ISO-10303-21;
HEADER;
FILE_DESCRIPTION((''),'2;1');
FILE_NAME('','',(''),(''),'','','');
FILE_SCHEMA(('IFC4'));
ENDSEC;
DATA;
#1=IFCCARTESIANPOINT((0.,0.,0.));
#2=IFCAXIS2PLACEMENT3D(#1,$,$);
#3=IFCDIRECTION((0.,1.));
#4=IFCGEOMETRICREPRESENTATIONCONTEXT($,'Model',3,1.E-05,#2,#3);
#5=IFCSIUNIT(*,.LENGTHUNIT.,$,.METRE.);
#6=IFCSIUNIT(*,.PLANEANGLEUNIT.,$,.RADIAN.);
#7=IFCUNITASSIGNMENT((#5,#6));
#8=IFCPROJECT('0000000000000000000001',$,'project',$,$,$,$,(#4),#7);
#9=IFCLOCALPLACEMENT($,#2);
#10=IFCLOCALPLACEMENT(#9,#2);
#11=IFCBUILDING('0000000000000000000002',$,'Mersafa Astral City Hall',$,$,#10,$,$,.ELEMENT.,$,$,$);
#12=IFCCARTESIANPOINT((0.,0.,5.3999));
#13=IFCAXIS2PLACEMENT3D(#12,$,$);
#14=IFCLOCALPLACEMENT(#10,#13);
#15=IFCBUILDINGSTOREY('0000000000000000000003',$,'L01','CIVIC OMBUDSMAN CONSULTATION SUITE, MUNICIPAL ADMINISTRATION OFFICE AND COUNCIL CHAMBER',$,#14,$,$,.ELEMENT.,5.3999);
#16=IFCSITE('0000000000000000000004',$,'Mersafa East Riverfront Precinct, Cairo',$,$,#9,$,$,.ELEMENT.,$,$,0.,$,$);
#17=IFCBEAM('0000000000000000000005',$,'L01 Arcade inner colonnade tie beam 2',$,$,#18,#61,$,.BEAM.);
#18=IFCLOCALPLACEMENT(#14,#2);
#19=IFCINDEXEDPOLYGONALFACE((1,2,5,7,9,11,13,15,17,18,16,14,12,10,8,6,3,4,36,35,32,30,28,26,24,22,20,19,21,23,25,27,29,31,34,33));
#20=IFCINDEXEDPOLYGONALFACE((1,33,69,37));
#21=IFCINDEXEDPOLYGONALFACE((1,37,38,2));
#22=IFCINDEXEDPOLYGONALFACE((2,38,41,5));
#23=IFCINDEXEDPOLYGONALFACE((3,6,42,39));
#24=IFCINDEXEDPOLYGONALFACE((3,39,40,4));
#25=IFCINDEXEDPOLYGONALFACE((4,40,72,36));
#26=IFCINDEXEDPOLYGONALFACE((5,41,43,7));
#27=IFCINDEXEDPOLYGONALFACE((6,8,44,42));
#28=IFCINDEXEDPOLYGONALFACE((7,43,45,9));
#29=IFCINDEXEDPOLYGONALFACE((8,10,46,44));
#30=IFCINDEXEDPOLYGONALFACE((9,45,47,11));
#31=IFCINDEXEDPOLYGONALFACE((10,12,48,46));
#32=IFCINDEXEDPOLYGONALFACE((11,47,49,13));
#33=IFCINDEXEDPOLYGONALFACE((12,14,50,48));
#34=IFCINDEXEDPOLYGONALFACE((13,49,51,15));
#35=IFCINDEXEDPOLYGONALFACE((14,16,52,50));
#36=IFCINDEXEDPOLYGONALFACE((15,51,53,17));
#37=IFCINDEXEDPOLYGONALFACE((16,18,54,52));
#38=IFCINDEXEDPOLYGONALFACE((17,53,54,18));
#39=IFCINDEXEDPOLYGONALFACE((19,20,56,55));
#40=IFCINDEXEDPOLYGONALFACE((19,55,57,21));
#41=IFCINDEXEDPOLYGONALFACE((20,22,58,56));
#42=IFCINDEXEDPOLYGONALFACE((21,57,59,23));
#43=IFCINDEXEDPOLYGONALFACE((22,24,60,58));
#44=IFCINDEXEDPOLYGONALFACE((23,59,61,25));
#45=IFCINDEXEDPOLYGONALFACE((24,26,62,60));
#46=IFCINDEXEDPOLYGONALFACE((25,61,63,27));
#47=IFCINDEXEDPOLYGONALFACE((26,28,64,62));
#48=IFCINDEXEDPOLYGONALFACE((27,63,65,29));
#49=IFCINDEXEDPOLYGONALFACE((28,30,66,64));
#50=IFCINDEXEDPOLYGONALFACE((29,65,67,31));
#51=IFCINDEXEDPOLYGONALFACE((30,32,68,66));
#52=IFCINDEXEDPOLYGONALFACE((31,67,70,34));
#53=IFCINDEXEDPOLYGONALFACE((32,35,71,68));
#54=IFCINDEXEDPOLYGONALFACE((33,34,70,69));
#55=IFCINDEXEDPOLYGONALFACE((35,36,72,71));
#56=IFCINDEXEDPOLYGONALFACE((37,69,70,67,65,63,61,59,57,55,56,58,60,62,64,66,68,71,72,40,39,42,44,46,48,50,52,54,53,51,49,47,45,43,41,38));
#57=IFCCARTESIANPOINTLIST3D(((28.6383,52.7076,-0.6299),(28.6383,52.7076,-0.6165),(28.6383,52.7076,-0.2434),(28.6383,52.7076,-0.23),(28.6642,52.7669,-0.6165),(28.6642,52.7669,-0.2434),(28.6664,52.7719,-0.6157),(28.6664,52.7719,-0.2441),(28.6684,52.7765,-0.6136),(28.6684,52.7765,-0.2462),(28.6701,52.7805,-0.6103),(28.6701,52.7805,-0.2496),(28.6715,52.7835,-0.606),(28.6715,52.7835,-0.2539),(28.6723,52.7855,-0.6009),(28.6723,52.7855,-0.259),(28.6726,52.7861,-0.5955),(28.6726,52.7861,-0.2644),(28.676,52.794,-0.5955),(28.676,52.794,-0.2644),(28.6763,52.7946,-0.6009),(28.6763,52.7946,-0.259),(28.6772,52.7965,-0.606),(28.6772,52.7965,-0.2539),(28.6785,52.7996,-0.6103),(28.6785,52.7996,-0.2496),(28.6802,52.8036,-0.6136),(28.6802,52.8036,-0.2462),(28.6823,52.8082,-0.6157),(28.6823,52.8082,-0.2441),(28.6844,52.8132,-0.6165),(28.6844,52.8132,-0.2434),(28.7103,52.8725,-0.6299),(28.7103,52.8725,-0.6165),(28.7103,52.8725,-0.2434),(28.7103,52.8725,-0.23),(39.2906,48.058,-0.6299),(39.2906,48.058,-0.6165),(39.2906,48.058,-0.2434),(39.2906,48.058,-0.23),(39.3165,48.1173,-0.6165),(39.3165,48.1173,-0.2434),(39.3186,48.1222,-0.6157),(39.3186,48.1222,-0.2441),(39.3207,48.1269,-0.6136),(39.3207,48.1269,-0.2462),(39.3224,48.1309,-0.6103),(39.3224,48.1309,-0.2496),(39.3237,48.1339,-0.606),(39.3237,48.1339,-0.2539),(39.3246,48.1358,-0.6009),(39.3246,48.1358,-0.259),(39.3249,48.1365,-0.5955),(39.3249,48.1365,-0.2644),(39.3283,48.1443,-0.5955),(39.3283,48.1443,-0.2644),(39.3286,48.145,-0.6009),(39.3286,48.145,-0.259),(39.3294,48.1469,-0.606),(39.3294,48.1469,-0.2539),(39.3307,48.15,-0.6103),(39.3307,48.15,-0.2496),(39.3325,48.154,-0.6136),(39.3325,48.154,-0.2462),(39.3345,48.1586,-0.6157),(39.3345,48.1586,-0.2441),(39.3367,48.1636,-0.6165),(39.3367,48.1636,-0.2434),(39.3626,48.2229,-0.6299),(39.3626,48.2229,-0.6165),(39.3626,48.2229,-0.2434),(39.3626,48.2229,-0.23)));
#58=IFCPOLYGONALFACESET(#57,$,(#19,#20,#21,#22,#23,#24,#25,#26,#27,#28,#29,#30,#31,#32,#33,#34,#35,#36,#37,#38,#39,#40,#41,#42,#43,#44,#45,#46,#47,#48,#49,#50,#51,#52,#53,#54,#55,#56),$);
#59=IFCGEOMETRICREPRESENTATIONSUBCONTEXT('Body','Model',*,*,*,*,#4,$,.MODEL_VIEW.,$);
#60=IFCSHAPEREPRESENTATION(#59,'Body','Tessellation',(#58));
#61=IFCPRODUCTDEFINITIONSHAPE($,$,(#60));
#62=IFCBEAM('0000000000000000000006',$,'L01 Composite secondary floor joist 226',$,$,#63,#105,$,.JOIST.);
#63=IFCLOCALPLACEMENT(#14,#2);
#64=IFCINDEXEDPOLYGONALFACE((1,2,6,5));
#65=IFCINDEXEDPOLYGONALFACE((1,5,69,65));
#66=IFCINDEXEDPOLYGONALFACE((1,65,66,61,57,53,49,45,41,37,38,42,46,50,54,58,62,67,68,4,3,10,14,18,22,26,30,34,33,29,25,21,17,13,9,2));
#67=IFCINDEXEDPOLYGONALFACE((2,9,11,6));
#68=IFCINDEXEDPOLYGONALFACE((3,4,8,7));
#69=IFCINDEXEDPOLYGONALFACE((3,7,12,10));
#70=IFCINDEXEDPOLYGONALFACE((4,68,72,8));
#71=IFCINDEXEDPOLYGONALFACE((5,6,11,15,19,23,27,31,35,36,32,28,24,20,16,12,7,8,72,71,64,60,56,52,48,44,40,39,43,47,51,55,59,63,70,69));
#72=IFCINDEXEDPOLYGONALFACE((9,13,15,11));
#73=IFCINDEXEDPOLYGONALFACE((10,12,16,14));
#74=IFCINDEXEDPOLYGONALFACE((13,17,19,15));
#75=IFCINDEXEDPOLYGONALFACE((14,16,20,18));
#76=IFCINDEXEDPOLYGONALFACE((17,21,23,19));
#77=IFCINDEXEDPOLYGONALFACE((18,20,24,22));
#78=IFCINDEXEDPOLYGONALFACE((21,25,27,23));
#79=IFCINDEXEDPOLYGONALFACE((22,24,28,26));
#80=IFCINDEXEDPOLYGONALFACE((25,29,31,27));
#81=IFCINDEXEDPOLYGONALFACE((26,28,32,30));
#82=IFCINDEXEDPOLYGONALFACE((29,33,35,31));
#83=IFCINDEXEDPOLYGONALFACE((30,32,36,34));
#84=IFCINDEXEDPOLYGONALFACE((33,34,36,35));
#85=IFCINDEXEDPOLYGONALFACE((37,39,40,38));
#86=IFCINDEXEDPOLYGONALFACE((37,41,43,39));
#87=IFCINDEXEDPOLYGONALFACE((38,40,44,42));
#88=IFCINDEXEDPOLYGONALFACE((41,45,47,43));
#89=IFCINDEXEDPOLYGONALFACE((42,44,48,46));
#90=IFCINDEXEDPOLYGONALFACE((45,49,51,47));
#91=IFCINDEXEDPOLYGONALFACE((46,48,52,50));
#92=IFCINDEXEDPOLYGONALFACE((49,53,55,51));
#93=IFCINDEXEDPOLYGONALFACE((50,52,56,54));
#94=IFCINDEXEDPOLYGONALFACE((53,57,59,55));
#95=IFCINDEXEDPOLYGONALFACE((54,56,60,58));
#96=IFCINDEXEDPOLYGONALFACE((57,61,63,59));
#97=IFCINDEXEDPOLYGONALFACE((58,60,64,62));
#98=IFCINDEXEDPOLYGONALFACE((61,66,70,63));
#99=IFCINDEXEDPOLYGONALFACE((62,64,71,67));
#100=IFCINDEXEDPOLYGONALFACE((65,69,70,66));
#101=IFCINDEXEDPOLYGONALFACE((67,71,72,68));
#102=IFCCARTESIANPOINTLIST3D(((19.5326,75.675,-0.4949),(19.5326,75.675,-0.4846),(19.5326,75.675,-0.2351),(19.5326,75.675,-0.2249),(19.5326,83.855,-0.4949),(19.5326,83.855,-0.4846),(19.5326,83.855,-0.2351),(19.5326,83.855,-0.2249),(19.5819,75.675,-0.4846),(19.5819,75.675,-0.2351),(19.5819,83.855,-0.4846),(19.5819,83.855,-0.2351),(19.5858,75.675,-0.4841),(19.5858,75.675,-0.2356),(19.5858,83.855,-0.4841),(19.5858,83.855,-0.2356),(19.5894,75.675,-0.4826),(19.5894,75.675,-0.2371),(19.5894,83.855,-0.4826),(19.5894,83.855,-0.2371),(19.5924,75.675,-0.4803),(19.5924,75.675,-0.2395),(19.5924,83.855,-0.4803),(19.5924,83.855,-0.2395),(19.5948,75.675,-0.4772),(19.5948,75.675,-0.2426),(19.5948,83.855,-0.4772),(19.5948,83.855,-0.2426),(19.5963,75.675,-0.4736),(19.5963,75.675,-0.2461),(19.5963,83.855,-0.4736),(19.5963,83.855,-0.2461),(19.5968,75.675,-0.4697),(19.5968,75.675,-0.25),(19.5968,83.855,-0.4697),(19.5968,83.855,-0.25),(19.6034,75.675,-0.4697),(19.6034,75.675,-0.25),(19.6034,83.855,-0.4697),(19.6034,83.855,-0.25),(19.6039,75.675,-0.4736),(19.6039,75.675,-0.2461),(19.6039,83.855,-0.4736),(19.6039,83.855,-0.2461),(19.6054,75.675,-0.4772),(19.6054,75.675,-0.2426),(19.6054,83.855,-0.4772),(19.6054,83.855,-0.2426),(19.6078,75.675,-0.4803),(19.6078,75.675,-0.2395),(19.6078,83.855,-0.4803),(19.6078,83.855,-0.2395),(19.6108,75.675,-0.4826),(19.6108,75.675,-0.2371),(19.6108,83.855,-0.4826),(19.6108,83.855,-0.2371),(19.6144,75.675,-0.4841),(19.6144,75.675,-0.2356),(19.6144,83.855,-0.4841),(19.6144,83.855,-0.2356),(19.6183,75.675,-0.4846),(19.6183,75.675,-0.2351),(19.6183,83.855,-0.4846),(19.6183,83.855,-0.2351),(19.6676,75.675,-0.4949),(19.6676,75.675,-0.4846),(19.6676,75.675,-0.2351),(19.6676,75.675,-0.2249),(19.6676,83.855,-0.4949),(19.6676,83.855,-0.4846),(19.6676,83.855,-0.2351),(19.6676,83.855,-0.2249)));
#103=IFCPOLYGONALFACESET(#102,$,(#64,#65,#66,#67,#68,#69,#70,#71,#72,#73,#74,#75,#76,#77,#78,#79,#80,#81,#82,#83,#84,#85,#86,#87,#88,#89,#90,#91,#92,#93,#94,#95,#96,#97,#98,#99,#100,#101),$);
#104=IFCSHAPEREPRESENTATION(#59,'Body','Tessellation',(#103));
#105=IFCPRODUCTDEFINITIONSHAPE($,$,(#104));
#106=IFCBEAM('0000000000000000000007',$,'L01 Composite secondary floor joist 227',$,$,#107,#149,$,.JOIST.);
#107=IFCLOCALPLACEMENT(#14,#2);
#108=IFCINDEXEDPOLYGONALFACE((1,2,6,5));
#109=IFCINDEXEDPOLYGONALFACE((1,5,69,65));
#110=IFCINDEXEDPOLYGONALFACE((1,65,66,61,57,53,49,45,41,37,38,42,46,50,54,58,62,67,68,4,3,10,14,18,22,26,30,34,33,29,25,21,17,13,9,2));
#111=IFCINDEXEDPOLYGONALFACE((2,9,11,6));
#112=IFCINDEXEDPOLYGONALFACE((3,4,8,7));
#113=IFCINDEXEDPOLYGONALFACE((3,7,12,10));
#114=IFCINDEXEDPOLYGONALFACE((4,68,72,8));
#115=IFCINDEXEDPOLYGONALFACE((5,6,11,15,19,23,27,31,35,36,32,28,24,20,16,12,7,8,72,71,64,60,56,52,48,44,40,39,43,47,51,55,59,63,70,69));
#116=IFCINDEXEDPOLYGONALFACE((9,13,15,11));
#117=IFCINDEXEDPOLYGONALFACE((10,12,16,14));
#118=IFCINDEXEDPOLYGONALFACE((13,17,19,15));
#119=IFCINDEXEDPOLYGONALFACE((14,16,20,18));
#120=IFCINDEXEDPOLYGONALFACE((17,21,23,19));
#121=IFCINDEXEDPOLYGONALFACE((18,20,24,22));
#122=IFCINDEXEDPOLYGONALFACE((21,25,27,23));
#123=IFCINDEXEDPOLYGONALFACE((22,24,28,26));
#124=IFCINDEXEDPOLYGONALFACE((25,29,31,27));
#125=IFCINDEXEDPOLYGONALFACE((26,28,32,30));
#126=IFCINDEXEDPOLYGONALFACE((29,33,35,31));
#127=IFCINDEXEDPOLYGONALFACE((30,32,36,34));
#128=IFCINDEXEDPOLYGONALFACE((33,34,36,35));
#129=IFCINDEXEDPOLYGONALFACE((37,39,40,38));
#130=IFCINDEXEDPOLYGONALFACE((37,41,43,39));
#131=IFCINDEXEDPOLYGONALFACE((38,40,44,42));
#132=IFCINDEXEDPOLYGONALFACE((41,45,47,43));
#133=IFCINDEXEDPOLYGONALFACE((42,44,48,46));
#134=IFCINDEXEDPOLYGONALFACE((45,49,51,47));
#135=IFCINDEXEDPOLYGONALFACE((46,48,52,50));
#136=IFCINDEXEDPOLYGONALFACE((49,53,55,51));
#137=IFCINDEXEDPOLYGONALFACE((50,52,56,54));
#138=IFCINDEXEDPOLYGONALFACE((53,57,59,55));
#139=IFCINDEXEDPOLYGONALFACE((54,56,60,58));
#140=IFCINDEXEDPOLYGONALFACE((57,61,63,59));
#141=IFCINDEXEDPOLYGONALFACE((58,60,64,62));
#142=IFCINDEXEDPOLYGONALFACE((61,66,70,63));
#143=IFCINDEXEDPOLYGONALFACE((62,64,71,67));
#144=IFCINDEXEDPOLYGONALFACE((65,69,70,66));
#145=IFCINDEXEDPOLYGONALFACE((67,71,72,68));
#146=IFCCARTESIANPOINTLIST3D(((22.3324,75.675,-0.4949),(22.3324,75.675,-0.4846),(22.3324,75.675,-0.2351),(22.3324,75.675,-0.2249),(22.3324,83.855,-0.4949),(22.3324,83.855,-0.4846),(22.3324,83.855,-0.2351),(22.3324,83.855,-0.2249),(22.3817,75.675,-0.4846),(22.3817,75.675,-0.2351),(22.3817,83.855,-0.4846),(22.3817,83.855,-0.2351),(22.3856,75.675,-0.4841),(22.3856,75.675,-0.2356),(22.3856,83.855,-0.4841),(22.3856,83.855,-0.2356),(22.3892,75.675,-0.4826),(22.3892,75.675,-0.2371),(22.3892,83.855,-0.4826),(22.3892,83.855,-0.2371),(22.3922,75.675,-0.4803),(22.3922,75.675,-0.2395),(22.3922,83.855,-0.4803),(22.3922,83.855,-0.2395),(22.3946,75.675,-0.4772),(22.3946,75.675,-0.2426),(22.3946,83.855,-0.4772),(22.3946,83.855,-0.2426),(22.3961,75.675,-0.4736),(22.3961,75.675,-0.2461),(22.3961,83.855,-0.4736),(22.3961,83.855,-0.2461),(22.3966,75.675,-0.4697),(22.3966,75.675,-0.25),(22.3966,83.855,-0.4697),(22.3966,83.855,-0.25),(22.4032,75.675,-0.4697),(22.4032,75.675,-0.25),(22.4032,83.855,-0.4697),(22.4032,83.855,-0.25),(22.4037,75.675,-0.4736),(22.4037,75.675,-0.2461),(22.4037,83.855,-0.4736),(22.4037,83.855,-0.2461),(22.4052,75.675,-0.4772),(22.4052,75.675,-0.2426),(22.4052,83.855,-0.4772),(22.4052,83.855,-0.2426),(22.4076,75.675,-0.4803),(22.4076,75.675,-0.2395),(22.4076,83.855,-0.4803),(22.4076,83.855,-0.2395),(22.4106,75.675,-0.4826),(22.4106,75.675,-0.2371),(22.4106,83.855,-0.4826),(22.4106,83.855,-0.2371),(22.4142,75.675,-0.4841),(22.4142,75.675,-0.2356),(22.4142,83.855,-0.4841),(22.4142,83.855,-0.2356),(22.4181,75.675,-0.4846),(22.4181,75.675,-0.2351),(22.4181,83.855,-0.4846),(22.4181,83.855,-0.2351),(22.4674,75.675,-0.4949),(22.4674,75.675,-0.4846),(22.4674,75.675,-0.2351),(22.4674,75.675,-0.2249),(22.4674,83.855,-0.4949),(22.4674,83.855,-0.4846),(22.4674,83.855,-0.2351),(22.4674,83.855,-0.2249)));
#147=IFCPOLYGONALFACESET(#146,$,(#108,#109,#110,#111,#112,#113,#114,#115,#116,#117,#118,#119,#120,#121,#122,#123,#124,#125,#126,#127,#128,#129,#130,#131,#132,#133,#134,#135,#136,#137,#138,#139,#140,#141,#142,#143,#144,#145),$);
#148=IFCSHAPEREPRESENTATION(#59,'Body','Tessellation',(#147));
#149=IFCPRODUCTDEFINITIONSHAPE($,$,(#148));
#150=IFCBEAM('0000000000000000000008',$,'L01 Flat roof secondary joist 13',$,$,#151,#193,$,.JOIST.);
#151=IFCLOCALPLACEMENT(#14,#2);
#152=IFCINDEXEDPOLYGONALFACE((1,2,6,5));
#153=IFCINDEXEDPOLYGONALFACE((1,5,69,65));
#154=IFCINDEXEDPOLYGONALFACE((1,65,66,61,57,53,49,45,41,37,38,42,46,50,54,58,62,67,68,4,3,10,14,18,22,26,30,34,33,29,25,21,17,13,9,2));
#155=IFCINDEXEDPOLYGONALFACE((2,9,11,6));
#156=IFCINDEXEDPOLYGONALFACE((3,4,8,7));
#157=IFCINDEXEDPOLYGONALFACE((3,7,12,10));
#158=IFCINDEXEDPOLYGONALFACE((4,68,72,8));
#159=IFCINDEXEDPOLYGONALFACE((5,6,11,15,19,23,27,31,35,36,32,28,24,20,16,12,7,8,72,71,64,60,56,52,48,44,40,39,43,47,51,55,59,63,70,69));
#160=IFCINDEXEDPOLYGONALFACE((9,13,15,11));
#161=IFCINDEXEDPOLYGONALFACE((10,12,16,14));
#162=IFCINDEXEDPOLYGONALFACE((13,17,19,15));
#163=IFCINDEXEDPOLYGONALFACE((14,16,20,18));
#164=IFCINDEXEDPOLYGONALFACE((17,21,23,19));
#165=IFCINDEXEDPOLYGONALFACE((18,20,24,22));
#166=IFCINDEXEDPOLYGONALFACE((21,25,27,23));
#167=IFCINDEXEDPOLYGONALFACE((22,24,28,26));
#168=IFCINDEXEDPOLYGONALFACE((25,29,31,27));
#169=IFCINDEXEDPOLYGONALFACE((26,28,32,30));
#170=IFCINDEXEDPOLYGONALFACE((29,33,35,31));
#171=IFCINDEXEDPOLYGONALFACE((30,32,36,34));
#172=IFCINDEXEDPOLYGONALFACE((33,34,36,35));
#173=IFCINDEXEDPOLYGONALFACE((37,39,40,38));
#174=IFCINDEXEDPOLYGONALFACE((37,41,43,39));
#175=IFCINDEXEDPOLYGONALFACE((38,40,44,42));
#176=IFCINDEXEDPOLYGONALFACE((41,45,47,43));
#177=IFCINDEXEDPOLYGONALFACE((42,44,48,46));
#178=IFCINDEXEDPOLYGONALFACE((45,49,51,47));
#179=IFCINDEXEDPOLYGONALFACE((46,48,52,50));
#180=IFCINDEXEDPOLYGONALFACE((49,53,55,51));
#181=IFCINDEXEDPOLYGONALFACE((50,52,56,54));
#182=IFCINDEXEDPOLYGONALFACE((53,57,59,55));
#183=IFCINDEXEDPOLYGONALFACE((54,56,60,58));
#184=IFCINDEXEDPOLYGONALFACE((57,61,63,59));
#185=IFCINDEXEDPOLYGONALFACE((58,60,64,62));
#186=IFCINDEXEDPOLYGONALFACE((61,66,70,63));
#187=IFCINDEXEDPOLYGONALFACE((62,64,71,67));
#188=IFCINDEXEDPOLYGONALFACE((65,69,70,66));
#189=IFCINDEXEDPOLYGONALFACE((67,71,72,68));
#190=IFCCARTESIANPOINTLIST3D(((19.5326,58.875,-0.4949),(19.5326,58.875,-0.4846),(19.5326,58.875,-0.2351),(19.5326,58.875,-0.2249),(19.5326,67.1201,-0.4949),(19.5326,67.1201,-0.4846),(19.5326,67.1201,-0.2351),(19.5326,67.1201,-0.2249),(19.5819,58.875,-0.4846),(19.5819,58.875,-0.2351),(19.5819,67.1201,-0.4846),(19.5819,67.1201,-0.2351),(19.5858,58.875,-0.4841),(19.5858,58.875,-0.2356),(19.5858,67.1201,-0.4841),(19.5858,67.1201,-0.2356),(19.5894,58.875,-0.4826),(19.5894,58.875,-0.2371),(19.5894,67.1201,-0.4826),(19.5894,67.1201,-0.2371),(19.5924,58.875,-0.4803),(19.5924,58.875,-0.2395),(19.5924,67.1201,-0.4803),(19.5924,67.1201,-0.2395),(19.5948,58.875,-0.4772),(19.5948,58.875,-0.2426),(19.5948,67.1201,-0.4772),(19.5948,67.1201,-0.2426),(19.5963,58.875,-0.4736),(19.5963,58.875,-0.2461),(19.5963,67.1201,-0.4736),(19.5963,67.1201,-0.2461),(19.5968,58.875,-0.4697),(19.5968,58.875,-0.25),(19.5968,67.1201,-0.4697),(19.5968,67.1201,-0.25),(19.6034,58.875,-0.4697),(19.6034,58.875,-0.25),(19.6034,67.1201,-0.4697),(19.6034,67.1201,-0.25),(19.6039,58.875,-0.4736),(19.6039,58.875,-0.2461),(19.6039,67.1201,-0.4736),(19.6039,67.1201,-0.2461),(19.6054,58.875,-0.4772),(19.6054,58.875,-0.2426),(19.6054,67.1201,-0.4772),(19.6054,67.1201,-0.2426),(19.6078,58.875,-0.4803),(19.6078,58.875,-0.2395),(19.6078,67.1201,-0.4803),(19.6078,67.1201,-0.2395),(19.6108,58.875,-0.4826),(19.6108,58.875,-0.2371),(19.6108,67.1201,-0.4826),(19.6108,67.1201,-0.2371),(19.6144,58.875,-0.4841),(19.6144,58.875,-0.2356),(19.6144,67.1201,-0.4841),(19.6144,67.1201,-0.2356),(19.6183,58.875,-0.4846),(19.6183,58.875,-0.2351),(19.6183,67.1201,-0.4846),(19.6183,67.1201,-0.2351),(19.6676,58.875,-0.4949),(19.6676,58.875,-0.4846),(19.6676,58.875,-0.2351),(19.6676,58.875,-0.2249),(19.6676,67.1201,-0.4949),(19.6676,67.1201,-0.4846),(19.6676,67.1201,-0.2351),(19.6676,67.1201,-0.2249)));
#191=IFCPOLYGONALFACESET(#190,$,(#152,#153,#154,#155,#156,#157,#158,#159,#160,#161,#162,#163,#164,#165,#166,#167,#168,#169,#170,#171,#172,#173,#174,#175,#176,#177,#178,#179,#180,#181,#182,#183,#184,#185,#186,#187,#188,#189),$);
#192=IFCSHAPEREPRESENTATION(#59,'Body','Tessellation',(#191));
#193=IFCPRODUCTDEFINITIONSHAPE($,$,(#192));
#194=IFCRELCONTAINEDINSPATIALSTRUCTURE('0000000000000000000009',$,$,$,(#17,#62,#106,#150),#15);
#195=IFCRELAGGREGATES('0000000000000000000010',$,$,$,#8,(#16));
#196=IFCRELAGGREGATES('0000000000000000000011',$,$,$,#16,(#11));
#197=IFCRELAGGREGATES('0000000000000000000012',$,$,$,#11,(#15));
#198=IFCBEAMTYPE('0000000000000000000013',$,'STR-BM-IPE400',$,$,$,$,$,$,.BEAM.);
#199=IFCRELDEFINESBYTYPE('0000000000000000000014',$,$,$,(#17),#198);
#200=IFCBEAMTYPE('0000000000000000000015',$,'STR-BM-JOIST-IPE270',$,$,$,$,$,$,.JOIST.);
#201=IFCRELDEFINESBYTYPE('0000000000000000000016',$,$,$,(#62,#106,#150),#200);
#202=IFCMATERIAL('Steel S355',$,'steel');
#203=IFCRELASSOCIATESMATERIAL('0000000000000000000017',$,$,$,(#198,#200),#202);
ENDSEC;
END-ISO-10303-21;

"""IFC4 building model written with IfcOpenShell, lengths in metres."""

from ifc_helpers import new_model, si_unit, direction, frame, origin, origin_2d, place, context, subcontext, project, spatial, i_section, extrude, material, material_profile, profile_set, type_object, element, save


model = new_model("IFC4")

# Units and contexts
model_context = context("Model", 3, precision=1e-05, world=origin(), true_north=direction((0.0, 1.0)))
body_context = subcontext(model_context, "Body", "Model", "MODEL_VIEW")
ifc_project = project(units=[si_unit("LENGTHUNIT", "METRE"), si_unit("PLANEANGLEUNIT", "RADIAN")], contexts=[model_context])

# Site, building, storey
site_placement = place(None, origin())
site = spatial("IfcSite", under=ifc_project, at=site_placement, Name="Mersafa East Riverfront Precinct, Cairo", CompositionType="ELEMENT", RefElevation=0.0)
building_placement = place(site_placement, origin())
building = spatial("IfcBuilding", under=site, at=building_placement, Name="Mersafa Astral City Hall", CompositionType="ELEMENT")
storey_placement = place(building_placement, frame((0.0, 0.0, 5.3999)))
storey = spatial("IfcBuildingStorey", under=building, at=storey_placement, Name="L01", Description="CIVIC OMBUDSMAN CONSULTATION SUITE, MUNICIPAL ADMINISTRATION OFFICE AND COUNCIL CHAMBER", CompositionType="ELEMENT", Elevation=5.3999)

# Shared definitions
ifc_material_1 = material(Name="Steel S355", Category="steel")

# Beams
ifc_material_profile_1 = material_profile(ifc_material_1, i_section(OverallWidth=0.1799, OverallDepth=0.3999, WebThickness=0.0085, FlangeThickness=0.0134, FilletRadius=0.021, at=origin_2d()), Name="IPE 400")
ifc_profile_set_1 = profile_set([ifc_material_profile_1], Name="Steel S355")
beam_type_1 = type_object("IfcBeamType", Name="STR-BM-IPE400", PredefinedType="BEAM", material=ifc_profile_set_1)
beam_1_placement = place(storey_placement, frame((28.6743, 52.79, -0.4299), z_axis=(0.916496, -0.400043, 0.0), x_axis=(0.400043, 0.916496, 0.0)))
element("IfcBeam", 1, at=beam_1_placement, inside=storey, type_object=beam_type_1, Name="L01 Arcade inner colonnade tie beam 2", PredefinedType="BEAM", context=body_context, shape_type="SweptSolid", body=[
    extrude(i_section(OverallWidth=0.1799, OverallDepth=0.3999, WebThickness=0.0085, FlangeThickness=0.0134, FilletRadius=0.021, at=origin_2d()), origin(), (0.0, 0.0, 1.0), 11.6228),
])
ifc_material_profile_2 = material_profile(ifc_material_1, i_section(OverallWidth=0.135, OverallDepth=0.27, WebThickness=0.0066, FlangeThickness=0.0103, FilletRadius=0.0149, at=origin_2d()), Name="IPE 270")
ifc_profile_set_2 = profile_set([ifc_material_profile_2], Name="Steel S355")
beam_type_2 = type_object("IfcBeamType", Name="STR-BM-JOIST-IPE270", PredefinedType="JOIST", material=ifc_profile_set_2)
for number, where, z_axis, x_axis, name in (
    (2, (19.6001, 75.675, -0.3599), (0.0, 1.0, 0.0), (-1.0, 0.0, 0.0), "L01 Composite secondary floor joist 226"),
    (3, (22.3999, 75.675, -0.3599), (0.0, 1.0, 0.0), (-1.0, 0.0, 0.0), "L01 Composite secondary floor joist 227"),
):
    element("IfcBeam", number, at=place(storey_placement, frame(where, z_axis=z_axis, x_axis=x_axis)), inside=storey, type_object=beam_type_2, Name=name, PredefinedType="JOIST", context=body_context, shape_type="SweptSolid", body=[
        extrude(i_section(OverallWidth=0.135, OverallDepth=0.27, WebThickness=0.0066, FlangeThickness=0.0103, FilletRadius=0.0149, at=origin_2d()), origin(), (0.0, 0.0, 1.0), 8.1799),
    ])
for number, where, z_axis, x_axis, name in (
    (4, (19.6001, 58.875, -0.3599), (0.0, 1.0, 0.0), (-1.0, 0.0, 0.0), "L01 Flat roof secondary joist 13"),
):
    element("IfcBeam", number, at=place(storey_placement, frame(where, z_axis=z_axis, x_axis=x_axis)), inside=storey, type_object=beam_type_2, Name=name, PredefinedType="JOIST", context=body_context, shape_type="SweptSolid", body=[
        extrude(i_section(OverallWidth=0.135, OverallDepth=0.27, WebThickness=0.0066, FlangeThickness=0.0103, FilletRadius=0.0149, at=origin_2d()), origin(), (0.0, 0.0, 1.0), 8.2451),
    ])

save(model, "model.ifc")
